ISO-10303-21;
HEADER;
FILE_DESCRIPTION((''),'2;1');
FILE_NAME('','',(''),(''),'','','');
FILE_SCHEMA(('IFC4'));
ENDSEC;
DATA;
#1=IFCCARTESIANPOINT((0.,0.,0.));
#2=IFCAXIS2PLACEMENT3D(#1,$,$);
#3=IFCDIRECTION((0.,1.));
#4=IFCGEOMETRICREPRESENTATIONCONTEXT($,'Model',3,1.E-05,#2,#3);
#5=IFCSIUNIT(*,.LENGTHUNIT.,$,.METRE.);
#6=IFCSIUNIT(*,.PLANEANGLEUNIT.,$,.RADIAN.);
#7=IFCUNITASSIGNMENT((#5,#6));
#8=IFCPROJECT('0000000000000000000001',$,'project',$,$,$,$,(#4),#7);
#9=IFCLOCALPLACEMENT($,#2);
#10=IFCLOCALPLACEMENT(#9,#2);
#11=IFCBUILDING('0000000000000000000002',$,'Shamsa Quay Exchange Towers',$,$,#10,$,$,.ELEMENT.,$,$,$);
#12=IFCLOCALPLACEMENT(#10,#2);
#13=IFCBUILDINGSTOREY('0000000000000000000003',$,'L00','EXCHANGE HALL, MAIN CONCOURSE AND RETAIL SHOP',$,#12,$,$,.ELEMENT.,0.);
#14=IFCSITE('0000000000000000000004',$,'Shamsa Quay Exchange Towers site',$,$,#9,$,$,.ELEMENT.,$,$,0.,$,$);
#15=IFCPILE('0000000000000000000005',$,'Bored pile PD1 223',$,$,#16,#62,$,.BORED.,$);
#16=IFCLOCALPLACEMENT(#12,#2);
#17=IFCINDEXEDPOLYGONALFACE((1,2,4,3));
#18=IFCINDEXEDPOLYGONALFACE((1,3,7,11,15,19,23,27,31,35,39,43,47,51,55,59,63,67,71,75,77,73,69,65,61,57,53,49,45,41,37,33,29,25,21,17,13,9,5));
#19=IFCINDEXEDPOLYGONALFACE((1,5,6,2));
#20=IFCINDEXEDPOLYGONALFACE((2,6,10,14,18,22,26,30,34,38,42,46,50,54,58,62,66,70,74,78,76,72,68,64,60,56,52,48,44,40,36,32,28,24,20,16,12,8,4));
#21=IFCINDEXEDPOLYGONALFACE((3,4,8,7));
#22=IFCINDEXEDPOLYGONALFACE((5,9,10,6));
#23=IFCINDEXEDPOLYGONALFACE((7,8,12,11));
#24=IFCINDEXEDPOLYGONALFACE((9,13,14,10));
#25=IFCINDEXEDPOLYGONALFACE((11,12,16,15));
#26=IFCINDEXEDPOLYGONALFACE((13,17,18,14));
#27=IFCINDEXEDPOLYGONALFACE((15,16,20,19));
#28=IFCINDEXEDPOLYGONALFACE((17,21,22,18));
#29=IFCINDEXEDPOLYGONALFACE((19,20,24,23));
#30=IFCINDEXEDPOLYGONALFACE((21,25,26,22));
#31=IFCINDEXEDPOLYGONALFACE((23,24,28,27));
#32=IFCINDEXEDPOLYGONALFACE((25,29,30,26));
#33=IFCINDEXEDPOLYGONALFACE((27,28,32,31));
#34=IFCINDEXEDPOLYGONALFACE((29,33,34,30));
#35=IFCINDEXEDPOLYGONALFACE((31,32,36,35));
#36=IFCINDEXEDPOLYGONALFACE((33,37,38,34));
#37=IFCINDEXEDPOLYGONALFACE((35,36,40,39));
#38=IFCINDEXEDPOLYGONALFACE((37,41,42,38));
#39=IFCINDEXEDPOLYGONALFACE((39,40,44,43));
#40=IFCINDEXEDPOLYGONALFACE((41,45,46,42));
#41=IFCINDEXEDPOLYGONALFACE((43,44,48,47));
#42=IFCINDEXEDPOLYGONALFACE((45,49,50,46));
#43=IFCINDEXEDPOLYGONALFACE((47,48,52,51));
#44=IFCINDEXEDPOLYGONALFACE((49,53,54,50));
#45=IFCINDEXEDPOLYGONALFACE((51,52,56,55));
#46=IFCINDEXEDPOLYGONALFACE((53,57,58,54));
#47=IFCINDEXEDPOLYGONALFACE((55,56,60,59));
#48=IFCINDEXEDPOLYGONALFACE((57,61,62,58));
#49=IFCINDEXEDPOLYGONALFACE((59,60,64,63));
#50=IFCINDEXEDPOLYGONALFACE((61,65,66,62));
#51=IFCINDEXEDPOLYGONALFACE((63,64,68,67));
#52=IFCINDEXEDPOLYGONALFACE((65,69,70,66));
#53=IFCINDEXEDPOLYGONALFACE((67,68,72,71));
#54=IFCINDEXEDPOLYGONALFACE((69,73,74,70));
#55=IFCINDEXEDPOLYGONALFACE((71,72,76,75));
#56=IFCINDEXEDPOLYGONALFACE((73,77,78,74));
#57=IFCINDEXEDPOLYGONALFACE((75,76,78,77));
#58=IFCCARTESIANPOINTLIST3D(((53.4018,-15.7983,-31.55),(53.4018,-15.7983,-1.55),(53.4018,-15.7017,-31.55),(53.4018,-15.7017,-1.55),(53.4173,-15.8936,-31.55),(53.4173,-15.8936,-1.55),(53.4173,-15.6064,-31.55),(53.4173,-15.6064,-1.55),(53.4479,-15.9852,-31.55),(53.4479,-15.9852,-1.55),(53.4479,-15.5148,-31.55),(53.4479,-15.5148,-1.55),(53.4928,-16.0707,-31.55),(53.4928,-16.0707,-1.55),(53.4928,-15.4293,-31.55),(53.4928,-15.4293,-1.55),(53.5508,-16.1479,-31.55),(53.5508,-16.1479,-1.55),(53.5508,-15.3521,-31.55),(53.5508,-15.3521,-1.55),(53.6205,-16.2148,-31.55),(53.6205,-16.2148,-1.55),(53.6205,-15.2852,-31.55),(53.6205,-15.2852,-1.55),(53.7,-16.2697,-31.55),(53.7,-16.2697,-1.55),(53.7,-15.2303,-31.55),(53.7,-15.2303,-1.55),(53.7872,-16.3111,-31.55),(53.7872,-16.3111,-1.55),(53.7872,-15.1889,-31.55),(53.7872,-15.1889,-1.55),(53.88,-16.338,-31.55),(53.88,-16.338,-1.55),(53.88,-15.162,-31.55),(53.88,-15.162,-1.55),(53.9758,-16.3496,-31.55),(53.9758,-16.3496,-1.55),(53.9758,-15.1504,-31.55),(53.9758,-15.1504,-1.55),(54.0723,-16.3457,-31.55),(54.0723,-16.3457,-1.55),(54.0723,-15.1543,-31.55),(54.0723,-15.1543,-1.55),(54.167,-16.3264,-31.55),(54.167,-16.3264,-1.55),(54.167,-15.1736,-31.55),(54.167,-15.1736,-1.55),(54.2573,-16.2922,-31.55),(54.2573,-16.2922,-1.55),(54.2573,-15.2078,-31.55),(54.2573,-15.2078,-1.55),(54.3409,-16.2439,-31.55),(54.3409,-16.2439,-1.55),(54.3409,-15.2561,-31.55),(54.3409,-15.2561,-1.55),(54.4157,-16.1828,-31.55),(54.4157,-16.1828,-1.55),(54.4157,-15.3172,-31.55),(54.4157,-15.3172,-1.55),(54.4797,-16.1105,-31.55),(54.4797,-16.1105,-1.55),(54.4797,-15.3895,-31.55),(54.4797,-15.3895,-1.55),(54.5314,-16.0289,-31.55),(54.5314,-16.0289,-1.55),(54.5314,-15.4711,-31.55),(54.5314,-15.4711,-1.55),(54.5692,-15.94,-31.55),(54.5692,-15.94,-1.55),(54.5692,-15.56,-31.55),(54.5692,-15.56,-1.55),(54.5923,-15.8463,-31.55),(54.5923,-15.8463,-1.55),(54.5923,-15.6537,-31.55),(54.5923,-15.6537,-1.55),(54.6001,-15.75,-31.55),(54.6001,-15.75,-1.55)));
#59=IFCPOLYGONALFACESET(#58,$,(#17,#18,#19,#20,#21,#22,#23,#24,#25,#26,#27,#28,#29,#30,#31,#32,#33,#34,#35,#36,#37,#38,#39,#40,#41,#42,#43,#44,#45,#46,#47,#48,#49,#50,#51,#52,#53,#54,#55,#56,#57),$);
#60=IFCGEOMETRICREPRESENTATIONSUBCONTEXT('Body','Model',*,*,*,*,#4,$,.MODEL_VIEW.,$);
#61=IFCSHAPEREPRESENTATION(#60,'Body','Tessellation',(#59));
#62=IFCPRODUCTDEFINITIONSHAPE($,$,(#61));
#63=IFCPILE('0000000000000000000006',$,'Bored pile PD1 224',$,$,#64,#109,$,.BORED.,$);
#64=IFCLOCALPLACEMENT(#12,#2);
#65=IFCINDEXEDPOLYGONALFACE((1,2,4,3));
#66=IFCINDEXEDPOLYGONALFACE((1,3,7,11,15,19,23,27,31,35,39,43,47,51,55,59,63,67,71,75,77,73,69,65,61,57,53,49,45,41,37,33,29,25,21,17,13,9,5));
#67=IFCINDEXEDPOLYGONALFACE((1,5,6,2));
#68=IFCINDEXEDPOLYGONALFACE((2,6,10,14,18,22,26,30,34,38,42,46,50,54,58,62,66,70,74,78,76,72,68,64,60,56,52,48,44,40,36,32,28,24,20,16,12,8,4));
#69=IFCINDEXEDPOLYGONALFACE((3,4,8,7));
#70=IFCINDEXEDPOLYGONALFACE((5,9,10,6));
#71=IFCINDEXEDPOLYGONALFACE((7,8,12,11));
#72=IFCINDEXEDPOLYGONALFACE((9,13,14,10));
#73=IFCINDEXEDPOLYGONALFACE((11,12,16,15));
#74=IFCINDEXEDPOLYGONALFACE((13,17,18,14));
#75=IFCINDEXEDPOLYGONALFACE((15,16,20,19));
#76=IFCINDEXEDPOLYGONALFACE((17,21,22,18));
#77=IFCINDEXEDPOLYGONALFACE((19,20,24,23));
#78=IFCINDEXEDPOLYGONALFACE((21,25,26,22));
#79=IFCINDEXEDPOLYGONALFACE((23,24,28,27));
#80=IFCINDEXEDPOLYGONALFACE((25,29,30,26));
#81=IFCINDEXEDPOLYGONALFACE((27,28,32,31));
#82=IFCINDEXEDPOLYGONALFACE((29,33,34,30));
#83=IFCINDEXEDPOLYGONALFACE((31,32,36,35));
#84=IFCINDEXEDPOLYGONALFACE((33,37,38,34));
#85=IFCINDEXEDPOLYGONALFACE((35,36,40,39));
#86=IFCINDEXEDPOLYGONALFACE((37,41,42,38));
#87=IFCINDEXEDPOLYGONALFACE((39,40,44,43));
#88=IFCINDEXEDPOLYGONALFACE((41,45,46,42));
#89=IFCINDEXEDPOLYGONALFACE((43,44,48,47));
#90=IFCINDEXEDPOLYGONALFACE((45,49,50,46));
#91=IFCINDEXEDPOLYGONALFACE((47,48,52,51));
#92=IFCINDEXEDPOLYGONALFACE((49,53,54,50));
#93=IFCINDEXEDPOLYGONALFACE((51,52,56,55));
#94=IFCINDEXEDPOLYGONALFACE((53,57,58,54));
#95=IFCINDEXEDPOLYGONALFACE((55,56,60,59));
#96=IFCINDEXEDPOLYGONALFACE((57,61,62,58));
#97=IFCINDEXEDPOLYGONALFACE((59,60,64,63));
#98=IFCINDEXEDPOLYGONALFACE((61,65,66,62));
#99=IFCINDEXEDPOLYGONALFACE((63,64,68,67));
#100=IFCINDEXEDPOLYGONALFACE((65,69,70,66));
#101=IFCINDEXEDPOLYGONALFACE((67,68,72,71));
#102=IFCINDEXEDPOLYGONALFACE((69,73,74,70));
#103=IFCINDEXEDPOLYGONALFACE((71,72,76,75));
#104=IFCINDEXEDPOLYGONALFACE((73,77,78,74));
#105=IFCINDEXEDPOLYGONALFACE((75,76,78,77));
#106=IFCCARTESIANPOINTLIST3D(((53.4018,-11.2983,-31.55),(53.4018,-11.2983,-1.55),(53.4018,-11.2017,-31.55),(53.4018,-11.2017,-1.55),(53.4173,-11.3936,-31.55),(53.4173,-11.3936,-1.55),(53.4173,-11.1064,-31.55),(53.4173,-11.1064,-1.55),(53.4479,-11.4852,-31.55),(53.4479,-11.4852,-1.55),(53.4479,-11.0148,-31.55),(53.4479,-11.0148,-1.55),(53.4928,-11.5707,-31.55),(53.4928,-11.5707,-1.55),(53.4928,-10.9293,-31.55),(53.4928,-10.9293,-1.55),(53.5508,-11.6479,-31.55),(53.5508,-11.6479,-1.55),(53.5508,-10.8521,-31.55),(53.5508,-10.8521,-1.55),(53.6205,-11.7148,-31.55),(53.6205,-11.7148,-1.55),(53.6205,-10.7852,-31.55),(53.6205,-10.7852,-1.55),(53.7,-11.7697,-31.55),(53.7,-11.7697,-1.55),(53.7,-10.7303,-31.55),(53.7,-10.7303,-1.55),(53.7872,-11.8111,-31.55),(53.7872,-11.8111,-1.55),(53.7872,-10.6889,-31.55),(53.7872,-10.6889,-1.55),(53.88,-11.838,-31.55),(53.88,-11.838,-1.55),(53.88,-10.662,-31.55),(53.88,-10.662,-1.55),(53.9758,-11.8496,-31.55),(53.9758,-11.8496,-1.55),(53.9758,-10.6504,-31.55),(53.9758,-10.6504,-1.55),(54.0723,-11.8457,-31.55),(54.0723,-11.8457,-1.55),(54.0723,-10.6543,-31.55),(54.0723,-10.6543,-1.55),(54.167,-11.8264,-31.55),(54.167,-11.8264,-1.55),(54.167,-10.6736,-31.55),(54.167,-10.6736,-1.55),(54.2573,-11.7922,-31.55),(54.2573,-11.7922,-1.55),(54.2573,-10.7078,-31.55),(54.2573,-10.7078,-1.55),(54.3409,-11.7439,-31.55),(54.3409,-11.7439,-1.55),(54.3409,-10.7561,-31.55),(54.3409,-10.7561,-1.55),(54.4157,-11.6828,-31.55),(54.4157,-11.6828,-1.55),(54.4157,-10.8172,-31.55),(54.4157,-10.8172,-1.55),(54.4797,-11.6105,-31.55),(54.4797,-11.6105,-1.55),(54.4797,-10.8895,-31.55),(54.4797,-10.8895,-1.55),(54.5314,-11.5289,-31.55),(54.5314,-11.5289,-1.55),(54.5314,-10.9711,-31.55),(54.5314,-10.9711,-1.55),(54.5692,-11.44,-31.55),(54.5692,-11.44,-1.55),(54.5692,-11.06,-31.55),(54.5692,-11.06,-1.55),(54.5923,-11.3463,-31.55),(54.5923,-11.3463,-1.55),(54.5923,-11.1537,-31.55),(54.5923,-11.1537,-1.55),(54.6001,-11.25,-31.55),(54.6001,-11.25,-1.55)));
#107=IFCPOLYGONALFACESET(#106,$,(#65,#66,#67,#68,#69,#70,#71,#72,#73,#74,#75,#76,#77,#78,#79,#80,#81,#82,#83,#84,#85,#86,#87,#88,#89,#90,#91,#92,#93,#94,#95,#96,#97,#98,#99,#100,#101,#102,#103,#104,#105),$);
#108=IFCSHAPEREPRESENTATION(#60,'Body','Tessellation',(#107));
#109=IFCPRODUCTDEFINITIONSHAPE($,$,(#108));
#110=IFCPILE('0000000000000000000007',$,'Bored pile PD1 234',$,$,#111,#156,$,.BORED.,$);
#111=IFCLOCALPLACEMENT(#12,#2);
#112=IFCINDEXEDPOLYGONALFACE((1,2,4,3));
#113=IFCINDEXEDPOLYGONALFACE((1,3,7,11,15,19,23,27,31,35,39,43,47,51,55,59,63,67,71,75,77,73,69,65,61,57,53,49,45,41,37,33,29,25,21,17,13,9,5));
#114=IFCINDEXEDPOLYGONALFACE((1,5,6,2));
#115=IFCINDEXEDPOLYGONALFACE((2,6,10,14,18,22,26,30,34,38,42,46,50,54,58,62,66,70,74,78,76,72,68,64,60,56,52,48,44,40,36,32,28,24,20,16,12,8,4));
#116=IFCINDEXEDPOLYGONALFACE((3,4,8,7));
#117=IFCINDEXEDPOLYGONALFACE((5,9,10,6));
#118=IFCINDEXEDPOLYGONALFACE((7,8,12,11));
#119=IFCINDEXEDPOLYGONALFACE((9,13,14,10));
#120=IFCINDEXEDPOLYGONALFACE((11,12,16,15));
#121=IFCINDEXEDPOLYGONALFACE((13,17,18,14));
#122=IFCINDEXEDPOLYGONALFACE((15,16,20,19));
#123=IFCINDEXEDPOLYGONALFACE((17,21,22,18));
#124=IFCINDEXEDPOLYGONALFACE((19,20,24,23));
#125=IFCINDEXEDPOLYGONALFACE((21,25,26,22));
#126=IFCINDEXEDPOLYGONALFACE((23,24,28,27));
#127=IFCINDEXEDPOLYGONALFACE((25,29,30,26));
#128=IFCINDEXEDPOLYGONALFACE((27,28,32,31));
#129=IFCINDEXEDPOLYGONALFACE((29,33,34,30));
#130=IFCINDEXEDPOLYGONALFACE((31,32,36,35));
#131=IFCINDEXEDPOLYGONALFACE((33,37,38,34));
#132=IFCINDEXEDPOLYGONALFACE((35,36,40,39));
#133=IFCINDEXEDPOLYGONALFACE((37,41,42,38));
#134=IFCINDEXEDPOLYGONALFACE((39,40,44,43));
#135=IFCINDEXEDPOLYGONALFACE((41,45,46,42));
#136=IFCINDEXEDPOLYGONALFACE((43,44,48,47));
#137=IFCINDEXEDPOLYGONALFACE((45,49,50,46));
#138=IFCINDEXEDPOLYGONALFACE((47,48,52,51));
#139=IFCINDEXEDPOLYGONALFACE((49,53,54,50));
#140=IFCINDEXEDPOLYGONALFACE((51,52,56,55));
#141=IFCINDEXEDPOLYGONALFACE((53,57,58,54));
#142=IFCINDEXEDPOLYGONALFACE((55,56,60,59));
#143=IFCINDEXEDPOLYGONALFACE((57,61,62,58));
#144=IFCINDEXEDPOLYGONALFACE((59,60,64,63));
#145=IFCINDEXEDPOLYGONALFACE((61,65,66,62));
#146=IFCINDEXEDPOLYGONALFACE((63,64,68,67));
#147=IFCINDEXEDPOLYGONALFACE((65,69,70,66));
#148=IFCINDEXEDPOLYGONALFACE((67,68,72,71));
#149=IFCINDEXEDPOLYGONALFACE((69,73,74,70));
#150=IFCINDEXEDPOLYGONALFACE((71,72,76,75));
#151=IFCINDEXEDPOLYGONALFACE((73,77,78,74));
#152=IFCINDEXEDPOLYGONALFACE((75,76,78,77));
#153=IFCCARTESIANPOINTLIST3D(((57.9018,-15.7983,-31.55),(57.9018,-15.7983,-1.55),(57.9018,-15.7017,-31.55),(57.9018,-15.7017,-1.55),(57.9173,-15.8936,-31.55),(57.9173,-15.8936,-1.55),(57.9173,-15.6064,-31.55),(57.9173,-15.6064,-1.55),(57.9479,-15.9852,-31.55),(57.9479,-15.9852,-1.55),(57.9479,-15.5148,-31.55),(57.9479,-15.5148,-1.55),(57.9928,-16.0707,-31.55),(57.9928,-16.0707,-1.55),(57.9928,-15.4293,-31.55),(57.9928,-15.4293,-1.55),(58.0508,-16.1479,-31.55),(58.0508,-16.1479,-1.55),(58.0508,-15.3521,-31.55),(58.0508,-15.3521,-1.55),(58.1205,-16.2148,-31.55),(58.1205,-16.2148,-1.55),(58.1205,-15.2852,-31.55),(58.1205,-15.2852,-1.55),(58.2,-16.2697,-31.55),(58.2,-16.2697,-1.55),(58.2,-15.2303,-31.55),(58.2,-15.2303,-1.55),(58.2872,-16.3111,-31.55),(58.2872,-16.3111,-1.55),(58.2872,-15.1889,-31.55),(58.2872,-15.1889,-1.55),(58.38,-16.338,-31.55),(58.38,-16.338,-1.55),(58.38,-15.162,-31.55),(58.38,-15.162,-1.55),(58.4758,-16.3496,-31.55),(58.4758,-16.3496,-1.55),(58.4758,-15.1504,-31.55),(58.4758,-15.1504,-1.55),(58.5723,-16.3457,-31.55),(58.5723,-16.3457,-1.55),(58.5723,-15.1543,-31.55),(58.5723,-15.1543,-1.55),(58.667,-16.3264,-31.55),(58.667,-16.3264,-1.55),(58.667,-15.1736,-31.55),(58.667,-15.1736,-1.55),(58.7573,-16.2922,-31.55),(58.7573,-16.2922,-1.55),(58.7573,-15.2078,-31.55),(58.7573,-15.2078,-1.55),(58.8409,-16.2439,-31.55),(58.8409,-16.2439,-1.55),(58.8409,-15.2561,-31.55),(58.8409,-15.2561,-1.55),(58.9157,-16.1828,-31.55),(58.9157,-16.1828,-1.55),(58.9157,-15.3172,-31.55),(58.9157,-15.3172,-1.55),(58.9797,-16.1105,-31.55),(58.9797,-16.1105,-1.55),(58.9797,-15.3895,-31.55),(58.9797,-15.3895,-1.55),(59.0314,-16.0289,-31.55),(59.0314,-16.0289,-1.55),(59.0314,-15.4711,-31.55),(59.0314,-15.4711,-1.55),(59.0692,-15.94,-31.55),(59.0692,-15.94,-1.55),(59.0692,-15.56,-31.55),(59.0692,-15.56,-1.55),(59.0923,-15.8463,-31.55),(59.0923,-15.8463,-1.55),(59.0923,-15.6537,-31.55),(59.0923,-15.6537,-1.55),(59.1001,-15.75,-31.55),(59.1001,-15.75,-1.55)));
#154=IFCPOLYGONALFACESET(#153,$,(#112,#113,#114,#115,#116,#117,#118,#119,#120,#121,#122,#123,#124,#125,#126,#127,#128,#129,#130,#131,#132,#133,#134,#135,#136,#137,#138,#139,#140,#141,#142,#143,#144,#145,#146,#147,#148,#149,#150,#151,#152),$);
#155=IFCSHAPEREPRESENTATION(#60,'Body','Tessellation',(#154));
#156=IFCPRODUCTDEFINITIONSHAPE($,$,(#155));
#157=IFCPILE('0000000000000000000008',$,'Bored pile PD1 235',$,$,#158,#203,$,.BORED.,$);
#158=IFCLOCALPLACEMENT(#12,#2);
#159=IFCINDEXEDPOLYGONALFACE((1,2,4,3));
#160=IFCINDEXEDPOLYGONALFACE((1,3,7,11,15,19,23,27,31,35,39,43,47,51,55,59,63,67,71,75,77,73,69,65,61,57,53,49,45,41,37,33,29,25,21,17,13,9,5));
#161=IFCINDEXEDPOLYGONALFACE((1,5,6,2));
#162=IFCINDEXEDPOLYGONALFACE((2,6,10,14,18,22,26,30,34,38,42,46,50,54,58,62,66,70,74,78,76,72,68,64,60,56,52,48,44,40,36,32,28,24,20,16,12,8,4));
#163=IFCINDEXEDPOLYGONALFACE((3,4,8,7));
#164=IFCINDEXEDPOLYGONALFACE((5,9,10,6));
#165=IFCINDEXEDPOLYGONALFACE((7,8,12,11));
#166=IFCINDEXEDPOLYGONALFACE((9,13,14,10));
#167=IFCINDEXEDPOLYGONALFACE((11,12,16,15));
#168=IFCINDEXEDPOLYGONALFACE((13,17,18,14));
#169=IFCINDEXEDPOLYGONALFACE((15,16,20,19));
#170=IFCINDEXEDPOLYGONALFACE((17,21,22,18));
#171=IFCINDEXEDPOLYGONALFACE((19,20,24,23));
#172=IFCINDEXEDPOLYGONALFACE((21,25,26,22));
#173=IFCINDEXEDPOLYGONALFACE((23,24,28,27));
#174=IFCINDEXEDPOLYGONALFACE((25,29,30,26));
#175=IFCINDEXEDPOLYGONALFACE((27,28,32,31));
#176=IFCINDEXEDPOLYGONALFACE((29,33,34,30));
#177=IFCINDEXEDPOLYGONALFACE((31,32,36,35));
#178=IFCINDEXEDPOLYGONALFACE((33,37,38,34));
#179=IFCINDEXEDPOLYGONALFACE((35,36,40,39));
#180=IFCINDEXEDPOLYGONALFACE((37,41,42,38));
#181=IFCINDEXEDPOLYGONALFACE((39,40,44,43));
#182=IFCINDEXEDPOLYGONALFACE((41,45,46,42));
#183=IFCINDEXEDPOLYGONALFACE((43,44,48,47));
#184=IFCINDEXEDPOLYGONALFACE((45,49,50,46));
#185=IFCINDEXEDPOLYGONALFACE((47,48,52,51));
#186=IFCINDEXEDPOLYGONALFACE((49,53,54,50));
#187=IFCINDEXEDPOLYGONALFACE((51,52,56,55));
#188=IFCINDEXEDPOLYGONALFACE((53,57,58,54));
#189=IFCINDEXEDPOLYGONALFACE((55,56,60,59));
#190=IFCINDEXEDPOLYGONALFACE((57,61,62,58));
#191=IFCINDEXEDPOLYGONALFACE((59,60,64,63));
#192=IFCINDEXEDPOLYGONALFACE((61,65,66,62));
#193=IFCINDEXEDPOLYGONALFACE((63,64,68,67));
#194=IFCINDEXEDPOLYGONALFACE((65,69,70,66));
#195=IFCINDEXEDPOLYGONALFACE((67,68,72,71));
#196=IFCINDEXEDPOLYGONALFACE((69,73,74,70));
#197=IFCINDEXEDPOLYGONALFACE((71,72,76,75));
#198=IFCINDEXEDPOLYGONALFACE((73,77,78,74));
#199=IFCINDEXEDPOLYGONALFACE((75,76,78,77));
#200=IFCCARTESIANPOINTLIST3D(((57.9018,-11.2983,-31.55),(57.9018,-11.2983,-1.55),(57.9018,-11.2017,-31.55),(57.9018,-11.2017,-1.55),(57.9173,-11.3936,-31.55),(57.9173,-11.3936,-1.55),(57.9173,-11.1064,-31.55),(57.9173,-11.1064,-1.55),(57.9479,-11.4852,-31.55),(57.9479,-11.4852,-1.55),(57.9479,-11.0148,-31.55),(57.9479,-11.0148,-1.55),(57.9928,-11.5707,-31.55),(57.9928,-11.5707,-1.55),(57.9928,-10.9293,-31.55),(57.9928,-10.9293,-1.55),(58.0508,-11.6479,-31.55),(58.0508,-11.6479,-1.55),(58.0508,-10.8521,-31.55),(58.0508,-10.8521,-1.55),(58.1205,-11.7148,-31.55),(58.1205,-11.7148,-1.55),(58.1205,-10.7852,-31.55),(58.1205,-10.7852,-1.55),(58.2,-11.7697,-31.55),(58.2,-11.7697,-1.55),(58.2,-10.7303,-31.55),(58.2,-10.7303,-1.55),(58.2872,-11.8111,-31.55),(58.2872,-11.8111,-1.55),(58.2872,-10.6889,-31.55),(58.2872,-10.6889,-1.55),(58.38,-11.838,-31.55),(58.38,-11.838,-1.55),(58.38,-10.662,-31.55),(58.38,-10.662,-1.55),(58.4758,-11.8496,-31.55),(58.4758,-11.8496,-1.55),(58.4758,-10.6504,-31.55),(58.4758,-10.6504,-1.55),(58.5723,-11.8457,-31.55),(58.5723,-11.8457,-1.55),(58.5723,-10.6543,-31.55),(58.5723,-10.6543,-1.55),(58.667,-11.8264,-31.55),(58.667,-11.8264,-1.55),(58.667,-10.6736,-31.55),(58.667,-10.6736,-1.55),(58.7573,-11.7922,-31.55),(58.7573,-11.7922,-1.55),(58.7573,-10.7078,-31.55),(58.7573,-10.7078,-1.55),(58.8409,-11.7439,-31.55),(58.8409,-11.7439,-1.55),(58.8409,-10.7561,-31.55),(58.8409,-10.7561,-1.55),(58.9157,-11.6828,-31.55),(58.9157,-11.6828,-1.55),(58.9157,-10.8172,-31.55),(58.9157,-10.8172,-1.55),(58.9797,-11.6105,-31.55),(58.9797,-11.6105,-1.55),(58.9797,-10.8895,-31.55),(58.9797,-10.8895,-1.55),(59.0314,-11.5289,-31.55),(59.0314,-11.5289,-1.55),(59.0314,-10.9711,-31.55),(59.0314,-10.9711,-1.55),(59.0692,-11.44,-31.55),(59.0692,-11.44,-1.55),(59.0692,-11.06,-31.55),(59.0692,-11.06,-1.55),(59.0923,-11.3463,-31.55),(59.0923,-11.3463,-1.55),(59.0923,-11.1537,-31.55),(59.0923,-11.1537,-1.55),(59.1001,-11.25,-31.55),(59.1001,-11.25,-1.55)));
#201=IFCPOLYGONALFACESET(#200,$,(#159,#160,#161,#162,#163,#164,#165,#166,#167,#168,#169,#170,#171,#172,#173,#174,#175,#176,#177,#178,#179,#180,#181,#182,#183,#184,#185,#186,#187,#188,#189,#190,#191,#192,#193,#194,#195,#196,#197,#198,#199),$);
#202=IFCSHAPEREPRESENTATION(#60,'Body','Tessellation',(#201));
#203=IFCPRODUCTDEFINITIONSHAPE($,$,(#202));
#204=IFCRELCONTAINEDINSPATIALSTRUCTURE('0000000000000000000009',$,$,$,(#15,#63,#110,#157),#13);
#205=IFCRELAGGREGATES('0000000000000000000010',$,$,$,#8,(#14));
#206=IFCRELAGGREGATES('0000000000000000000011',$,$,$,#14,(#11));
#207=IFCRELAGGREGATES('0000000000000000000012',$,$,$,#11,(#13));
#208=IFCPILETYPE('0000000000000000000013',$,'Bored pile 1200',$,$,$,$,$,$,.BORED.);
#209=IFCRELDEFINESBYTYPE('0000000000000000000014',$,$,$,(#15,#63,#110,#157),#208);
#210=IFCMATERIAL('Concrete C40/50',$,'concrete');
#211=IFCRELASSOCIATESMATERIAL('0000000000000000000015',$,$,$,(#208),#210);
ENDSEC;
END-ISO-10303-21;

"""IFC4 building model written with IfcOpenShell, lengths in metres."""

from ifc_helpers import new_model, si_unit, direction, frame, origin, origin_2d, place, context, subcontext, project, spatial, circle, extrude, material, material_profile, profile_set, type_object, element, save


model = new_model("IFC4")

# Units and contexts
model_context = context("Model", 3, precision=1e-05, world=origin(), true_north=direction((0.0, 1.0)))
body_context = subcontext(model_context, "Body", "Model", "MODEL_VIEW")
ifc_project = project(units=[si_unit("LENGTHUNIT", "METRE"), si_unit("PLANEANGLEUNIT", "RADIAN")], contexts=[model_context])

# Site, building, storey
site_placement = place(None, origin())
site = spatial("IfcSite", under=ifc_project, at=site_placement, Name="Shamsa Quay Exchange Towers site", CompositionType="ELEMENT", RefElevation=0.0)
building_placement = place(site_placement, origin())
building = spatial("IfcBuilding", under=site, at=building_placement, Name="Shamsa Quay Exchange Towers", CompositionType="ELEMENT")
storey_placement = place(building_placement, origin())
storey = spatial("IfcBuildingStorey", under=building, at=storey_placement, Name="L00", Description="EXCHANGE HALL, MAIN CONCOURSE AND RETAIL SHOP", CompositionType="ELEMENT", Elevation=0.0)

# Piles
ifc_material_1 = material(Name="Concrete C40/50", Category="concrete")
ifc_material_profile_1 = material_profile(ifc_material_1, circle(Radius=0.6001, at=origin_2d()), Name="BP1200")
ifc_profile_set_1 = profile_set([ifc_material_profile_1], Name="Concrete C40/50")
pile_type = type_object("IfcPileType", Name="Bored pile 1200", PredefinedType="BORED", material=ifc_profile_set_1)
for number, where, z_axis, x_axis, name in (
    (1, (54.0, -15.75, -1.55), (0.0, 0.0, -1.0), (1.0, 0.0, 0.0), "Bored pile PD1 223"),
    (2, (54.0, -11.25, -1.55), (0.0, 0.0, -1.0), (1.0, 0.0, 0.0), "Bored pile PD1 224"),
    (3, (58.5, -15.75, -1.55), (0.0, 0.0, -1.0), (1.0, 0.0, 0.0), "Bored pile PD1 234"),
    (4, (58.5, -11.25, -1.55), (0.0, 0.0, -1.0), (1.0, 0.0, 0.0), "Bored pile PD1 235"),
):
    element("IfcPile", number, at=place(storey_placement, frame(where, z_axis=z_axis, x_axis=x_axis)), inside=storey, type_object=pile_type, Name=name, PredefinedType="BORED", context=body_context, shape_type="SweptSolid", body=[
        extrude(circle(Radius=0.6001, at=origin_2d()), origin(), (0.0, 0.0, 1.0), 30.0),
    ])

save(model, "model.ifc")
